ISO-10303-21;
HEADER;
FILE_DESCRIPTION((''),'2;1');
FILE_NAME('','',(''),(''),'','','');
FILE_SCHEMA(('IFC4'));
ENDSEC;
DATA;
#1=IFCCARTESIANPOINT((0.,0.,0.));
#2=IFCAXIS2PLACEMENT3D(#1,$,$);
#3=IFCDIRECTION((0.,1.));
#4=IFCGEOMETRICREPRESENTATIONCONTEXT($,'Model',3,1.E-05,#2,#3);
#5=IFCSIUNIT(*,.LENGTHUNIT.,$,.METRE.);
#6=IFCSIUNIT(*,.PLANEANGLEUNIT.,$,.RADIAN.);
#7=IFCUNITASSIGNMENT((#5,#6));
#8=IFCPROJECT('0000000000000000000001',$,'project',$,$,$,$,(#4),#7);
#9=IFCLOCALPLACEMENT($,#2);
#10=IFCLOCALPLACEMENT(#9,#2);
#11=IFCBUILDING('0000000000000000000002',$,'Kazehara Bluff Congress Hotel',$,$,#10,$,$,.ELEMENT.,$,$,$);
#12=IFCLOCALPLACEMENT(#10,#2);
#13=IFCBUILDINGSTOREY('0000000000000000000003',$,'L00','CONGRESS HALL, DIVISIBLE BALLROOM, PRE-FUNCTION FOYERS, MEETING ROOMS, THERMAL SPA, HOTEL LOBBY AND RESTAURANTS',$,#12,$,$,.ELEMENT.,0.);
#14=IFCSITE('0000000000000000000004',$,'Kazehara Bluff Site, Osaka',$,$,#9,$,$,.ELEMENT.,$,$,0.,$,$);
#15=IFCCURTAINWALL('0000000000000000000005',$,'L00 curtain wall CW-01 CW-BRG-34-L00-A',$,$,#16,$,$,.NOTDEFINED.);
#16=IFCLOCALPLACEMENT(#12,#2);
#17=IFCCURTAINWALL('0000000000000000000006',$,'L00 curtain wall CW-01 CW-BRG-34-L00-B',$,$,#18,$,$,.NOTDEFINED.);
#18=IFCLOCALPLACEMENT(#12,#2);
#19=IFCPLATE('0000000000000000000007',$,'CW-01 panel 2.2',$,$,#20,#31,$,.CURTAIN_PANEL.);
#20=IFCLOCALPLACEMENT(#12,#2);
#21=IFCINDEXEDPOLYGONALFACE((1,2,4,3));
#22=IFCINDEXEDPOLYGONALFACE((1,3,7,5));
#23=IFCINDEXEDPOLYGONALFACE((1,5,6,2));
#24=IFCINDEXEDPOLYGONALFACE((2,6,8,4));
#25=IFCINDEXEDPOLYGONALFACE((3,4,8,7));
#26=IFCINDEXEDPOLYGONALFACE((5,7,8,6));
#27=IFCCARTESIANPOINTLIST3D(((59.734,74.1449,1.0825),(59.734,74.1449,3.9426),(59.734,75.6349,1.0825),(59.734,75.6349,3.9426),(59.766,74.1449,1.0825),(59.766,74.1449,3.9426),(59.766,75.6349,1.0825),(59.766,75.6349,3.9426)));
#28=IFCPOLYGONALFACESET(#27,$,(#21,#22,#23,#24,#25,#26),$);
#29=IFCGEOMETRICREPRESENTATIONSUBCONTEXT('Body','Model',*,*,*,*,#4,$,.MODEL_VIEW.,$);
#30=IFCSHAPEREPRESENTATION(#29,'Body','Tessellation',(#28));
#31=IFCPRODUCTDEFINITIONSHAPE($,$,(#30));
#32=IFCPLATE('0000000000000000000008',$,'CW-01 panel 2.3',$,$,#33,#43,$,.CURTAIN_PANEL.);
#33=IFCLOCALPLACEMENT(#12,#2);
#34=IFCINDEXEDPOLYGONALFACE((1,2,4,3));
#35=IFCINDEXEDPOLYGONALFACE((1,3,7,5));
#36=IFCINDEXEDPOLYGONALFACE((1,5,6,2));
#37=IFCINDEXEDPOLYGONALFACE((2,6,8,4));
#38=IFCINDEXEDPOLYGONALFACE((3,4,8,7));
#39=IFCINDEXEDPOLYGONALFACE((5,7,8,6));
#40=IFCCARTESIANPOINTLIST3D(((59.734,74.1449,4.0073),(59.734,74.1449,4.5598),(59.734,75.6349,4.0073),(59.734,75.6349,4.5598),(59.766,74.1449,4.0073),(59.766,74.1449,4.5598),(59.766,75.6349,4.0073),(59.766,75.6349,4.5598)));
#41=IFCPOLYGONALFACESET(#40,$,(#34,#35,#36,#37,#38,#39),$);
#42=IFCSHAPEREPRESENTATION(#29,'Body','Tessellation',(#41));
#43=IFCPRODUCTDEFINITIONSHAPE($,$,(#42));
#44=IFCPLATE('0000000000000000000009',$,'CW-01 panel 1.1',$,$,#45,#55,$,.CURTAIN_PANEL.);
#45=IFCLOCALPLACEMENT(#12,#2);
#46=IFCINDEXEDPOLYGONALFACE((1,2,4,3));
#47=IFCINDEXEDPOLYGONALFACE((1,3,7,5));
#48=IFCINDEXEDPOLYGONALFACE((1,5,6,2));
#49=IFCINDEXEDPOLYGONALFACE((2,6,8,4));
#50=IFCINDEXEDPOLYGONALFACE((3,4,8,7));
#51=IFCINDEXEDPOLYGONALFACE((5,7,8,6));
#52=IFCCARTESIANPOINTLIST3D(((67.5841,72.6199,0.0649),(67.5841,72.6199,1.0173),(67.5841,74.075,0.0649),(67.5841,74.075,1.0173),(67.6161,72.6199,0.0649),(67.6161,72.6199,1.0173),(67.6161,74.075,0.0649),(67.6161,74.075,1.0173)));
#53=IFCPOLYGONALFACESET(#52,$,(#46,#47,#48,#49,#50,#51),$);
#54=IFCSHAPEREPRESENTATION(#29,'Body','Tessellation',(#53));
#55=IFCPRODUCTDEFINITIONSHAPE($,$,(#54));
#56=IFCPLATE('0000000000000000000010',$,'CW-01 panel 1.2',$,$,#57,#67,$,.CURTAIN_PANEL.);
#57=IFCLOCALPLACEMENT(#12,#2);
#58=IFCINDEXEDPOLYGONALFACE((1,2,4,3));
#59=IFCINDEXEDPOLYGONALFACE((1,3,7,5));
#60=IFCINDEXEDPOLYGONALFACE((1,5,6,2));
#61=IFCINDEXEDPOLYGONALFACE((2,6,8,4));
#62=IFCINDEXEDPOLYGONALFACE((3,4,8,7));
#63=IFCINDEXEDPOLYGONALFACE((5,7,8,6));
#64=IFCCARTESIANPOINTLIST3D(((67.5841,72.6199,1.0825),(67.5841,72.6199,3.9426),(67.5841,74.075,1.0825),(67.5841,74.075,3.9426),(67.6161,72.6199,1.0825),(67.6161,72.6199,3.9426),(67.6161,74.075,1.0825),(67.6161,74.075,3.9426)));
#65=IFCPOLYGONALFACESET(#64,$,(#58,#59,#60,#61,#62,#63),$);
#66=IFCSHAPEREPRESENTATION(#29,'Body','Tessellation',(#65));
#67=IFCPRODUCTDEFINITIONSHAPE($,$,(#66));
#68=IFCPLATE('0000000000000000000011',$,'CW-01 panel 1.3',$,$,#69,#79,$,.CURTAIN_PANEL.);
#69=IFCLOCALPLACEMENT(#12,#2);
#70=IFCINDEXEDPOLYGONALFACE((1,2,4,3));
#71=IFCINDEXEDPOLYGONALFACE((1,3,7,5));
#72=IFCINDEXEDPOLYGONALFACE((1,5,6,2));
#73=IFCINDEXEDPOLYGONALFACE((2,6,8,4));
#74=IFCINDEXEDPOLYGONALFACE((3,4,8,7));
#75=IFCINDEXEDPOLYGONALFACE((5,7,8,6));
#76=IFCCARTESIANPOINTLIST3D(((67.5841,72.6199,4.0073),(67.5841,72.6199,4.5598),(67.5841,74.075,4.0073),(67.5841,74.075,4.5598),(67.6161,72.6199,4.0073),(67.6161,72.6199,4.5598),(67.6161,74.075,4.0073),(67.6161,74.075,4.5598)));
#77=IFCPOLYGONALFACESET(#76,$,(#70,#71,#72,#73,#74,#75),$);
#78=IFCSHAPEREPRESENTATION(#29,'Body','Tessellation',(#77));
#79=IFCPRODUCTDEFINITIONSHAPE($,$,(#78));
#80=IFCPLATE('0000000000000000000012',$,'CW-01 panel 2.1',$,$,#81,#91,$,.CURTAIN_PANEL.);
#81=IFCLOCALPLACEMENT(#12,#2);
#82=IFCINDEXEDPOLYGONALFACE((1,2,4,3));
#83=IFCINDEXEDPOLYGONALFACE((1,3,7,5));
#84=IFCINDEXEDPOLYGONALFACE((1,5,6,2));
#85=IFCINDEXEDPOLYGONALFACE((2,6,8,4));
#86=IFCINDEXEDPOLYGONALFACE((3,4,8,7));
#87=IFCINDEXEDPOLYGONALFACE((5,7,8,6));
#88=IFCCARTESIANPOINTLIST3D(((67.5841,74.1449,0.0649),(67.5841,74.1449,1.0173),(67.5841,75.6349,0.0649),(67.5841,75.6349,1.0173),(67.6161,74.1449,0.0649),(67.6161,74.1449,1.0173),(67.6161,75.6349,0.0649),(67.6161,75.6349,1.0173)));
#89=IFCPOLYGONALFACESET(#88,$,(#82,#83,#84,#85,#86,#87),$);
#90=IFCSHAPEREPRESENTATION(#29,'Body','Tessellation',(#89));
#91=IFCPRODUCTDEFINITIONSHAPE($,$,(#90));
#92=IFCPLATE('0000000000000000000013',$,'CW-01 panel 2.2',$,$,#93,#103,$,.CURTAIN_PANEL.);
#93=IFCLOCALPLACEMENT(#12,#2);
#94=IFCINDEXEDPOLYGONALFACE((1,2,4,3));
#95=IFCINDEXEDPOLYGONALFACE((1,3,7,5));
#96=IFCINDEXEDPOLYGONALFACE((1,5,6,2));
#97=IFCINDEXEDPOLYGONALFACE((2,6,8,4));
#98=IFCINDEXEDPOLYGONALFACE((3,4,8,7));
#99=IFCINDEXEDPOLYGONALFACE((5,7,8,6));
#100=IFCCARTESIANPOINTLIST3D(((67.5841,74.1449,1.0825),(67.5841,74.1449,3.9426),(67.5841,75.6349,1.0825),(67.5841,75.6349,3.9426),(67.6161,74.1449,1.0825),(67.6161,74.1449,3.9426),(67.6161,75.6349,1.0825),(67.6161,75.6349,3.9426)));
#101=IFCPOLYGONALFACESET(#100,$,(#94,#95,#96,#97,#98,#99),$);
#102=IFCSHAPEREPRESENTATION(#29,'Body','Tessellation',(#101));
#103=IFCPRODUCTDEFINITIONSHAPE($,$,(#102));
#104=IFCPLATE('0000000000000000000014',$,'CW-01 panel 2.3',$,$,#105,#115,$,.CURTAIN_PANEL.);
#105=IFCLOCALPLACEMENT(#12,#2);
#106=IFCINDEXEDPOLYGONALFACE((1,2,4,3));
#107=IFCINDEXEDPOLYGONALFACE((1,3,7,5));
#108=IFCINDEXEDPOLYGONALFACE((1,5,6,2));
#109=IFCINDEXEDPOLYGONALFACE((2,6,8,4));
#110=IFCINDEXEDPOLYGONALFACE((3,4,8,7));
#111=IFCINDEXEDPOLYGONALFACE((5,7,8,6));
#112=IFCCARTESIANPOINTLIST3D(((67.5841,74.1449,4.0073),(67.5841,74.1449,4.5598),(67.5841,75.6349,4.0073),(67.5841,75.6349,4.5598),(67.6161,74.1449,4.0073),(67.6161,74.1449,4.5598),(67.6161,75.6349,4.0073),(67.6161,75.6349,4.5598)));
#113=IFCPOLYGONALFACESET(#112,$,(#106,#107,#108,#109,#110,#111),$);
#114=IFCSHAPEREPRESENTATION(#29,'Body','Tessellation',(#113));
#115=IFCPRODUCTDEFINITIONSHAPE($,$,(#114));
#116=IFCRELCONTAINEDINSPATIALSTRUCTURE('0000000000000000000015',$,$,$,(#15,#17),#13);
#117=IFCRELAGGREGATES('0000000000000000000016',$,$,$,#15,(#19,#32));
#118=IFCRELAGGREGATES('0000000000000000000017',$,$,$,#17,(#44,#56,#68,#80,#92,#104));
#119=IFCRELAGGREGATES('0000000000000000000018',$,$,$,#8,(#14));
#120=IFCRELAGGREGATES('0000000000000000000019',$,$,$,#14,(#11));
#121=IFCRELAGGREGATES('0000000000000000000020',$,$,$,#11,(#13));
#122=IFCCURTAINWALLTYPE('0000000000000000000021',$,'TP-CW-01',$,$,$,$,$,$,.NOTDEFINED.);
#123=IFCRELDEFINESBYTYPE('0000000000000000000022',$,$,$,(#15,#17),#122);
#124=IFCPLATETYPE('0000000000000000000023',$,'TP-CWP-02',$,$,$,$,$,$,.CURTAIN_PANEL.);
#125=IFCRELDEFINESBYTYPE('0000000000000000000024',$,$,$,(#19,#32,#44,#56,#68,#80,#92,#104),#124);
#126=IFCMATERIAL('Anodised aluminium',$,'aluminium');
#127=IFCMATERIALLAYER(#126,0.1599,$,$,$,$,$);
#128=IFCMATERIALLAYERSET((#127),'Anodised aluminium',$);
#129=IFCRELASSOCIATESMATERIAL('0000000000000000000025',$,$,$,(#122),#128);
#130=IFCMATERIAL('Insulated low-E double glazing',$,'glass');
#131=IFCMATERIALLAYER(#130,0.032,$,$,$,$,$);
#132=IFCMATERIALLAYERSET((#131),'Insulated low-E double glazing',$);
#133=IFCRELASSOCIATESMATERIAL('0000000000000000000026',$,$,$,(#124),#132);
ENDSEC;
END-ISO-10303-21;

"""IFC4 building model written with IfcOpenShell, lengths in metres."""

from ifc_helpers import new_model, si_unit, direction, frame, origin, origin_2d, place, context, subcontext, project, spatial, rectangle, extrude, material, layer, layer_set, type_object, element, aggregate, save


model = new_model("IFC4")

# Units and contexts
model_context = context("Model", 3, precision=1e-05, world=origin(), true_north=direction((0.0, 1.0)))
body_context = subcontext(model_context, "Body", "Model", "MODEL_VIEW")
ifc_project = project(units=[si_unit("LENGTHUNIT", "METRE"), si_unit("PLANEANGLEUNIT", "RADIAN")], contexts=[model_context])

# Site, building, storey
site_placement = place(None, origin())
site = spatial("IfcSite", under=ifc_project, at=site_placement, Name="Kazehara Bluff Site, Osaka", CompositionType="ELEMENT", RefElevation=0.0)
building_placement = place(site_placement, origin())
building = spatial("IfcBuilding", under=site, at=building_placement, Name="Kazehara Bluff Congress Hotel", CompositionType="ELEMENT")
storey_placement = place(building_placement, origin())
storey = spatial("IfcBuildingStorey", under=building, at=storey_placement, Name="L00", Description="CONGRESS HALL, DIVISIBLE BALLROOM, PRE-FUNCTION FOYERS, MEETING ROOMS, THERMAL SPA, HOTEL LOBBY AND RESTAURANTS", CompositionType="ELEMENT", Elevation=0.0)

# Curtain walls
ifc_material_1 = material(Name="Anodised aluminium", Category="aluminium")
ifc_layer_1 = layer(ifc_material_1, 0.1599)
ifc_layer_set_1 = layer_set([ifc_layer_1], Name="Anodised aluminium")
curtain_wall_type = type_object("IfcCurtainWallType", Name="TP-CW-01", PredefinedType="NOTDEFINED", material=ifc_layer_set_1)
curtain_wall_1_placement = place(storey_placement, origin())
curtain_wall_1 = element("IfcCurtainWall", 1, at=curtain_wall_1_placement, inside=storey, type_object=curtain_wall_type, Name="L00 curtain wall CW-01 CW-BRG-34-L00-A", PredefinedType="NOTDEFINED")
curtain_wall_2_placement = place(storey_placement, origin())
curtain_wall_2 = element("IfcCurtainWall", 2, at=curtain_wall_2_placement, inside=storey, type_object=curtain_wall_type, Name="L00 curtain wall CW-01 CW-BRG-34-L00-B", PredefinedType="NOTDEFINED")

# Plates
ifc_material_2 = material(Name="Insulated low-E double glazing", Category="glass")
ifc_layer_2 = layer(ifc_material_2, 0.032)
ifc_layer_set_2 = layer_set([ifc_layer_2], Name="Insulated low-E double glazing")
plate_type = type_object("IfcPlateType", Name="TP-CWP-02", PredefinedType="CURTAIN_PANEL", material=ifc_layer_set_2)
plate_1_placement = place(storey_placement, frame((59.75, 74.8899, 1.0825), z_axis=(0.0, 0.0, 1.0), x_axis=(0.0, 1.0, 0.0)))
plate_1 = element("IfcPlate", 3, at=plate_1_placement, type_object=plate_type, Name="CW-01 panel 2.2", PredefinedType="CURTAIN_PANEL", context=body_context, shape_type="SweptSolid", body=[
    extrude(rectangle(XDim=1.49, YDim=0.032, at=origin_2d()), origin(), (0.0, 0.0, 1.0), 2.8601),
])
plate_2_placement = place(storey_placement, frame((59.75, 74.8899, 4.0073), z_axis=(0.0, 0.0, 1.0), x_axis=(0.0, 1.0, 0.0)))
plate_2 = element("IfcPlate", 4, at=plate_2_placement, type_object=plate_type, Name="CW-01 panel 2.3", PredefinedType="CURTAIN_PANEL", context=body_context, shape_type="SweptSolid", body=[
    extrude(rectangle(XDim=1.49, YDim=0.032, at=origin_2d()), origin(), (0.0, 0.0, 1.0), 0.5525),
])
aggregate(curtain_wall_1, [plate_1, plate_2])
plate_3_placement = place(storey_placement, frame((67.6001, 73.3474, 0.0649), z_axis=(0.0, 0.0, 1.0), x_axis=(0.0, 1.0, 0.0)))
plate_3 = element("IfcPlate", 5, at=plate_3_placement, type_object=plate_type, Name="CW-01 panel 1.1", PredefinedType="CURTAIN_PANEL", context=body_context, shape_type="SweptSolid", body=[
    extrude(rectangle(XDim=1.4551, YDim=0.032, at=origin_2d()), origin(), (0.0, 0.0, 1.0), 0.9524),
])
plate_4_placement = place(storey_placement, frame((67.6001, 73.3474, 1.0825), z_axis=(0.0, 0.0, 1.0), x_axis=(0.0, 1.0, 0.0)))
plate_4 = element("IfcPlate", 6, at=plate_4_placement, type_object=plate_type, Name="CW-01 panel 1.2", PredefinedType="CURTAIN_PANEL", context=body_context, shape_type="SweptSolid", body=[
    extrude(rectangle(XDim=1.4551, YDim=0.032, at=origin_2d()), origin(), (0.0, 0.0, 1.0), 2.8601),
])
plate_5_placement = place(storey_placement, frame((67.6001, 73.3474, 4.0073), z_axis=(0.0, 0.0, 1.0), x_axis=(0.0, 1.0, 0.0)))
plate_5 = element("IfcPlate", 7, at=plate_5_placement, type_object=plate_type, Name="CW-01 panel 1.3", PredefinedType="CURTAIN_PANEL", context=body_context, shape_type="SweptSolid", body=[
    extrude(rectangle(XDim=1.4551, YDim=0.032, at=origin_2d()), origin(), (0.0, 0.0, 1.0), 0.5525),
])
plate_6_placement = place(storey_placement, frame((67.6001, 74.8899, 0.0649), z_axis=(0.0, 0.0, 1.0), x_axis=(0.0, 1.0, 0.0)))
plate_6 = element("IfcPlate", 8, at=plate_6_placement, type_object=plate_type, Name="CW-01 panel 2.1", PredefinedType="CURTAIN_PANEL", context=body_context, shape_type="SweptSolid", body=[
    extrude(rectangle(XDim=1.49, YDim=0.032, at=origin_2d()), origin(), (0.0, 0.0, 1.0), 0.9524),
])
plate_7_placement = place(storey_placement, frame((67.6001, 74.8899, 1.0825), z_axis=(0.0, 0.0, 1.0), x_axis=(0.0, 1.0, 0.0)))
plate_7 = element("IfcPlate", 9, at=plate_7_placement, type_object=plate_type, Name="CW-01 panel 2.2", PredefinedType="CURTAIN_PANEL", context=body_context, shape_type="SweptSolid", body=[
    extrude(rectangle(XDim=1.49, YDim=0.032, at=origin_2d()), origin(), (0.0, 0.0, 1.0), 2.8601),
])
plate_8_placement = place(storey_placement, frame((67.6001, 74.8899, 4.0073), z_axis=(0.0, 0.0, 1.0), x_axis=(0.0, 1.0, 0.0)))
plate_8 = element("IfcPlate", 10, at=plate_8_placement, type_object=plate_type, Name="CW-01 panel 2.3", PredefinedType="CURTAIN_PANEL", context=body_context, shape_type="SweptSolid", body=[
    extrude(rectangle(XDim=1.49, YDim=0.032, at=origin_2d()), origin(), (0.0, 0.0, 1.0), 0.5525),
])
aggregate(curtain_wall_2, [plate_3, plate_4, plate_5, plate_6, plate_7, plate_8])

save(model, "model.ifc")
